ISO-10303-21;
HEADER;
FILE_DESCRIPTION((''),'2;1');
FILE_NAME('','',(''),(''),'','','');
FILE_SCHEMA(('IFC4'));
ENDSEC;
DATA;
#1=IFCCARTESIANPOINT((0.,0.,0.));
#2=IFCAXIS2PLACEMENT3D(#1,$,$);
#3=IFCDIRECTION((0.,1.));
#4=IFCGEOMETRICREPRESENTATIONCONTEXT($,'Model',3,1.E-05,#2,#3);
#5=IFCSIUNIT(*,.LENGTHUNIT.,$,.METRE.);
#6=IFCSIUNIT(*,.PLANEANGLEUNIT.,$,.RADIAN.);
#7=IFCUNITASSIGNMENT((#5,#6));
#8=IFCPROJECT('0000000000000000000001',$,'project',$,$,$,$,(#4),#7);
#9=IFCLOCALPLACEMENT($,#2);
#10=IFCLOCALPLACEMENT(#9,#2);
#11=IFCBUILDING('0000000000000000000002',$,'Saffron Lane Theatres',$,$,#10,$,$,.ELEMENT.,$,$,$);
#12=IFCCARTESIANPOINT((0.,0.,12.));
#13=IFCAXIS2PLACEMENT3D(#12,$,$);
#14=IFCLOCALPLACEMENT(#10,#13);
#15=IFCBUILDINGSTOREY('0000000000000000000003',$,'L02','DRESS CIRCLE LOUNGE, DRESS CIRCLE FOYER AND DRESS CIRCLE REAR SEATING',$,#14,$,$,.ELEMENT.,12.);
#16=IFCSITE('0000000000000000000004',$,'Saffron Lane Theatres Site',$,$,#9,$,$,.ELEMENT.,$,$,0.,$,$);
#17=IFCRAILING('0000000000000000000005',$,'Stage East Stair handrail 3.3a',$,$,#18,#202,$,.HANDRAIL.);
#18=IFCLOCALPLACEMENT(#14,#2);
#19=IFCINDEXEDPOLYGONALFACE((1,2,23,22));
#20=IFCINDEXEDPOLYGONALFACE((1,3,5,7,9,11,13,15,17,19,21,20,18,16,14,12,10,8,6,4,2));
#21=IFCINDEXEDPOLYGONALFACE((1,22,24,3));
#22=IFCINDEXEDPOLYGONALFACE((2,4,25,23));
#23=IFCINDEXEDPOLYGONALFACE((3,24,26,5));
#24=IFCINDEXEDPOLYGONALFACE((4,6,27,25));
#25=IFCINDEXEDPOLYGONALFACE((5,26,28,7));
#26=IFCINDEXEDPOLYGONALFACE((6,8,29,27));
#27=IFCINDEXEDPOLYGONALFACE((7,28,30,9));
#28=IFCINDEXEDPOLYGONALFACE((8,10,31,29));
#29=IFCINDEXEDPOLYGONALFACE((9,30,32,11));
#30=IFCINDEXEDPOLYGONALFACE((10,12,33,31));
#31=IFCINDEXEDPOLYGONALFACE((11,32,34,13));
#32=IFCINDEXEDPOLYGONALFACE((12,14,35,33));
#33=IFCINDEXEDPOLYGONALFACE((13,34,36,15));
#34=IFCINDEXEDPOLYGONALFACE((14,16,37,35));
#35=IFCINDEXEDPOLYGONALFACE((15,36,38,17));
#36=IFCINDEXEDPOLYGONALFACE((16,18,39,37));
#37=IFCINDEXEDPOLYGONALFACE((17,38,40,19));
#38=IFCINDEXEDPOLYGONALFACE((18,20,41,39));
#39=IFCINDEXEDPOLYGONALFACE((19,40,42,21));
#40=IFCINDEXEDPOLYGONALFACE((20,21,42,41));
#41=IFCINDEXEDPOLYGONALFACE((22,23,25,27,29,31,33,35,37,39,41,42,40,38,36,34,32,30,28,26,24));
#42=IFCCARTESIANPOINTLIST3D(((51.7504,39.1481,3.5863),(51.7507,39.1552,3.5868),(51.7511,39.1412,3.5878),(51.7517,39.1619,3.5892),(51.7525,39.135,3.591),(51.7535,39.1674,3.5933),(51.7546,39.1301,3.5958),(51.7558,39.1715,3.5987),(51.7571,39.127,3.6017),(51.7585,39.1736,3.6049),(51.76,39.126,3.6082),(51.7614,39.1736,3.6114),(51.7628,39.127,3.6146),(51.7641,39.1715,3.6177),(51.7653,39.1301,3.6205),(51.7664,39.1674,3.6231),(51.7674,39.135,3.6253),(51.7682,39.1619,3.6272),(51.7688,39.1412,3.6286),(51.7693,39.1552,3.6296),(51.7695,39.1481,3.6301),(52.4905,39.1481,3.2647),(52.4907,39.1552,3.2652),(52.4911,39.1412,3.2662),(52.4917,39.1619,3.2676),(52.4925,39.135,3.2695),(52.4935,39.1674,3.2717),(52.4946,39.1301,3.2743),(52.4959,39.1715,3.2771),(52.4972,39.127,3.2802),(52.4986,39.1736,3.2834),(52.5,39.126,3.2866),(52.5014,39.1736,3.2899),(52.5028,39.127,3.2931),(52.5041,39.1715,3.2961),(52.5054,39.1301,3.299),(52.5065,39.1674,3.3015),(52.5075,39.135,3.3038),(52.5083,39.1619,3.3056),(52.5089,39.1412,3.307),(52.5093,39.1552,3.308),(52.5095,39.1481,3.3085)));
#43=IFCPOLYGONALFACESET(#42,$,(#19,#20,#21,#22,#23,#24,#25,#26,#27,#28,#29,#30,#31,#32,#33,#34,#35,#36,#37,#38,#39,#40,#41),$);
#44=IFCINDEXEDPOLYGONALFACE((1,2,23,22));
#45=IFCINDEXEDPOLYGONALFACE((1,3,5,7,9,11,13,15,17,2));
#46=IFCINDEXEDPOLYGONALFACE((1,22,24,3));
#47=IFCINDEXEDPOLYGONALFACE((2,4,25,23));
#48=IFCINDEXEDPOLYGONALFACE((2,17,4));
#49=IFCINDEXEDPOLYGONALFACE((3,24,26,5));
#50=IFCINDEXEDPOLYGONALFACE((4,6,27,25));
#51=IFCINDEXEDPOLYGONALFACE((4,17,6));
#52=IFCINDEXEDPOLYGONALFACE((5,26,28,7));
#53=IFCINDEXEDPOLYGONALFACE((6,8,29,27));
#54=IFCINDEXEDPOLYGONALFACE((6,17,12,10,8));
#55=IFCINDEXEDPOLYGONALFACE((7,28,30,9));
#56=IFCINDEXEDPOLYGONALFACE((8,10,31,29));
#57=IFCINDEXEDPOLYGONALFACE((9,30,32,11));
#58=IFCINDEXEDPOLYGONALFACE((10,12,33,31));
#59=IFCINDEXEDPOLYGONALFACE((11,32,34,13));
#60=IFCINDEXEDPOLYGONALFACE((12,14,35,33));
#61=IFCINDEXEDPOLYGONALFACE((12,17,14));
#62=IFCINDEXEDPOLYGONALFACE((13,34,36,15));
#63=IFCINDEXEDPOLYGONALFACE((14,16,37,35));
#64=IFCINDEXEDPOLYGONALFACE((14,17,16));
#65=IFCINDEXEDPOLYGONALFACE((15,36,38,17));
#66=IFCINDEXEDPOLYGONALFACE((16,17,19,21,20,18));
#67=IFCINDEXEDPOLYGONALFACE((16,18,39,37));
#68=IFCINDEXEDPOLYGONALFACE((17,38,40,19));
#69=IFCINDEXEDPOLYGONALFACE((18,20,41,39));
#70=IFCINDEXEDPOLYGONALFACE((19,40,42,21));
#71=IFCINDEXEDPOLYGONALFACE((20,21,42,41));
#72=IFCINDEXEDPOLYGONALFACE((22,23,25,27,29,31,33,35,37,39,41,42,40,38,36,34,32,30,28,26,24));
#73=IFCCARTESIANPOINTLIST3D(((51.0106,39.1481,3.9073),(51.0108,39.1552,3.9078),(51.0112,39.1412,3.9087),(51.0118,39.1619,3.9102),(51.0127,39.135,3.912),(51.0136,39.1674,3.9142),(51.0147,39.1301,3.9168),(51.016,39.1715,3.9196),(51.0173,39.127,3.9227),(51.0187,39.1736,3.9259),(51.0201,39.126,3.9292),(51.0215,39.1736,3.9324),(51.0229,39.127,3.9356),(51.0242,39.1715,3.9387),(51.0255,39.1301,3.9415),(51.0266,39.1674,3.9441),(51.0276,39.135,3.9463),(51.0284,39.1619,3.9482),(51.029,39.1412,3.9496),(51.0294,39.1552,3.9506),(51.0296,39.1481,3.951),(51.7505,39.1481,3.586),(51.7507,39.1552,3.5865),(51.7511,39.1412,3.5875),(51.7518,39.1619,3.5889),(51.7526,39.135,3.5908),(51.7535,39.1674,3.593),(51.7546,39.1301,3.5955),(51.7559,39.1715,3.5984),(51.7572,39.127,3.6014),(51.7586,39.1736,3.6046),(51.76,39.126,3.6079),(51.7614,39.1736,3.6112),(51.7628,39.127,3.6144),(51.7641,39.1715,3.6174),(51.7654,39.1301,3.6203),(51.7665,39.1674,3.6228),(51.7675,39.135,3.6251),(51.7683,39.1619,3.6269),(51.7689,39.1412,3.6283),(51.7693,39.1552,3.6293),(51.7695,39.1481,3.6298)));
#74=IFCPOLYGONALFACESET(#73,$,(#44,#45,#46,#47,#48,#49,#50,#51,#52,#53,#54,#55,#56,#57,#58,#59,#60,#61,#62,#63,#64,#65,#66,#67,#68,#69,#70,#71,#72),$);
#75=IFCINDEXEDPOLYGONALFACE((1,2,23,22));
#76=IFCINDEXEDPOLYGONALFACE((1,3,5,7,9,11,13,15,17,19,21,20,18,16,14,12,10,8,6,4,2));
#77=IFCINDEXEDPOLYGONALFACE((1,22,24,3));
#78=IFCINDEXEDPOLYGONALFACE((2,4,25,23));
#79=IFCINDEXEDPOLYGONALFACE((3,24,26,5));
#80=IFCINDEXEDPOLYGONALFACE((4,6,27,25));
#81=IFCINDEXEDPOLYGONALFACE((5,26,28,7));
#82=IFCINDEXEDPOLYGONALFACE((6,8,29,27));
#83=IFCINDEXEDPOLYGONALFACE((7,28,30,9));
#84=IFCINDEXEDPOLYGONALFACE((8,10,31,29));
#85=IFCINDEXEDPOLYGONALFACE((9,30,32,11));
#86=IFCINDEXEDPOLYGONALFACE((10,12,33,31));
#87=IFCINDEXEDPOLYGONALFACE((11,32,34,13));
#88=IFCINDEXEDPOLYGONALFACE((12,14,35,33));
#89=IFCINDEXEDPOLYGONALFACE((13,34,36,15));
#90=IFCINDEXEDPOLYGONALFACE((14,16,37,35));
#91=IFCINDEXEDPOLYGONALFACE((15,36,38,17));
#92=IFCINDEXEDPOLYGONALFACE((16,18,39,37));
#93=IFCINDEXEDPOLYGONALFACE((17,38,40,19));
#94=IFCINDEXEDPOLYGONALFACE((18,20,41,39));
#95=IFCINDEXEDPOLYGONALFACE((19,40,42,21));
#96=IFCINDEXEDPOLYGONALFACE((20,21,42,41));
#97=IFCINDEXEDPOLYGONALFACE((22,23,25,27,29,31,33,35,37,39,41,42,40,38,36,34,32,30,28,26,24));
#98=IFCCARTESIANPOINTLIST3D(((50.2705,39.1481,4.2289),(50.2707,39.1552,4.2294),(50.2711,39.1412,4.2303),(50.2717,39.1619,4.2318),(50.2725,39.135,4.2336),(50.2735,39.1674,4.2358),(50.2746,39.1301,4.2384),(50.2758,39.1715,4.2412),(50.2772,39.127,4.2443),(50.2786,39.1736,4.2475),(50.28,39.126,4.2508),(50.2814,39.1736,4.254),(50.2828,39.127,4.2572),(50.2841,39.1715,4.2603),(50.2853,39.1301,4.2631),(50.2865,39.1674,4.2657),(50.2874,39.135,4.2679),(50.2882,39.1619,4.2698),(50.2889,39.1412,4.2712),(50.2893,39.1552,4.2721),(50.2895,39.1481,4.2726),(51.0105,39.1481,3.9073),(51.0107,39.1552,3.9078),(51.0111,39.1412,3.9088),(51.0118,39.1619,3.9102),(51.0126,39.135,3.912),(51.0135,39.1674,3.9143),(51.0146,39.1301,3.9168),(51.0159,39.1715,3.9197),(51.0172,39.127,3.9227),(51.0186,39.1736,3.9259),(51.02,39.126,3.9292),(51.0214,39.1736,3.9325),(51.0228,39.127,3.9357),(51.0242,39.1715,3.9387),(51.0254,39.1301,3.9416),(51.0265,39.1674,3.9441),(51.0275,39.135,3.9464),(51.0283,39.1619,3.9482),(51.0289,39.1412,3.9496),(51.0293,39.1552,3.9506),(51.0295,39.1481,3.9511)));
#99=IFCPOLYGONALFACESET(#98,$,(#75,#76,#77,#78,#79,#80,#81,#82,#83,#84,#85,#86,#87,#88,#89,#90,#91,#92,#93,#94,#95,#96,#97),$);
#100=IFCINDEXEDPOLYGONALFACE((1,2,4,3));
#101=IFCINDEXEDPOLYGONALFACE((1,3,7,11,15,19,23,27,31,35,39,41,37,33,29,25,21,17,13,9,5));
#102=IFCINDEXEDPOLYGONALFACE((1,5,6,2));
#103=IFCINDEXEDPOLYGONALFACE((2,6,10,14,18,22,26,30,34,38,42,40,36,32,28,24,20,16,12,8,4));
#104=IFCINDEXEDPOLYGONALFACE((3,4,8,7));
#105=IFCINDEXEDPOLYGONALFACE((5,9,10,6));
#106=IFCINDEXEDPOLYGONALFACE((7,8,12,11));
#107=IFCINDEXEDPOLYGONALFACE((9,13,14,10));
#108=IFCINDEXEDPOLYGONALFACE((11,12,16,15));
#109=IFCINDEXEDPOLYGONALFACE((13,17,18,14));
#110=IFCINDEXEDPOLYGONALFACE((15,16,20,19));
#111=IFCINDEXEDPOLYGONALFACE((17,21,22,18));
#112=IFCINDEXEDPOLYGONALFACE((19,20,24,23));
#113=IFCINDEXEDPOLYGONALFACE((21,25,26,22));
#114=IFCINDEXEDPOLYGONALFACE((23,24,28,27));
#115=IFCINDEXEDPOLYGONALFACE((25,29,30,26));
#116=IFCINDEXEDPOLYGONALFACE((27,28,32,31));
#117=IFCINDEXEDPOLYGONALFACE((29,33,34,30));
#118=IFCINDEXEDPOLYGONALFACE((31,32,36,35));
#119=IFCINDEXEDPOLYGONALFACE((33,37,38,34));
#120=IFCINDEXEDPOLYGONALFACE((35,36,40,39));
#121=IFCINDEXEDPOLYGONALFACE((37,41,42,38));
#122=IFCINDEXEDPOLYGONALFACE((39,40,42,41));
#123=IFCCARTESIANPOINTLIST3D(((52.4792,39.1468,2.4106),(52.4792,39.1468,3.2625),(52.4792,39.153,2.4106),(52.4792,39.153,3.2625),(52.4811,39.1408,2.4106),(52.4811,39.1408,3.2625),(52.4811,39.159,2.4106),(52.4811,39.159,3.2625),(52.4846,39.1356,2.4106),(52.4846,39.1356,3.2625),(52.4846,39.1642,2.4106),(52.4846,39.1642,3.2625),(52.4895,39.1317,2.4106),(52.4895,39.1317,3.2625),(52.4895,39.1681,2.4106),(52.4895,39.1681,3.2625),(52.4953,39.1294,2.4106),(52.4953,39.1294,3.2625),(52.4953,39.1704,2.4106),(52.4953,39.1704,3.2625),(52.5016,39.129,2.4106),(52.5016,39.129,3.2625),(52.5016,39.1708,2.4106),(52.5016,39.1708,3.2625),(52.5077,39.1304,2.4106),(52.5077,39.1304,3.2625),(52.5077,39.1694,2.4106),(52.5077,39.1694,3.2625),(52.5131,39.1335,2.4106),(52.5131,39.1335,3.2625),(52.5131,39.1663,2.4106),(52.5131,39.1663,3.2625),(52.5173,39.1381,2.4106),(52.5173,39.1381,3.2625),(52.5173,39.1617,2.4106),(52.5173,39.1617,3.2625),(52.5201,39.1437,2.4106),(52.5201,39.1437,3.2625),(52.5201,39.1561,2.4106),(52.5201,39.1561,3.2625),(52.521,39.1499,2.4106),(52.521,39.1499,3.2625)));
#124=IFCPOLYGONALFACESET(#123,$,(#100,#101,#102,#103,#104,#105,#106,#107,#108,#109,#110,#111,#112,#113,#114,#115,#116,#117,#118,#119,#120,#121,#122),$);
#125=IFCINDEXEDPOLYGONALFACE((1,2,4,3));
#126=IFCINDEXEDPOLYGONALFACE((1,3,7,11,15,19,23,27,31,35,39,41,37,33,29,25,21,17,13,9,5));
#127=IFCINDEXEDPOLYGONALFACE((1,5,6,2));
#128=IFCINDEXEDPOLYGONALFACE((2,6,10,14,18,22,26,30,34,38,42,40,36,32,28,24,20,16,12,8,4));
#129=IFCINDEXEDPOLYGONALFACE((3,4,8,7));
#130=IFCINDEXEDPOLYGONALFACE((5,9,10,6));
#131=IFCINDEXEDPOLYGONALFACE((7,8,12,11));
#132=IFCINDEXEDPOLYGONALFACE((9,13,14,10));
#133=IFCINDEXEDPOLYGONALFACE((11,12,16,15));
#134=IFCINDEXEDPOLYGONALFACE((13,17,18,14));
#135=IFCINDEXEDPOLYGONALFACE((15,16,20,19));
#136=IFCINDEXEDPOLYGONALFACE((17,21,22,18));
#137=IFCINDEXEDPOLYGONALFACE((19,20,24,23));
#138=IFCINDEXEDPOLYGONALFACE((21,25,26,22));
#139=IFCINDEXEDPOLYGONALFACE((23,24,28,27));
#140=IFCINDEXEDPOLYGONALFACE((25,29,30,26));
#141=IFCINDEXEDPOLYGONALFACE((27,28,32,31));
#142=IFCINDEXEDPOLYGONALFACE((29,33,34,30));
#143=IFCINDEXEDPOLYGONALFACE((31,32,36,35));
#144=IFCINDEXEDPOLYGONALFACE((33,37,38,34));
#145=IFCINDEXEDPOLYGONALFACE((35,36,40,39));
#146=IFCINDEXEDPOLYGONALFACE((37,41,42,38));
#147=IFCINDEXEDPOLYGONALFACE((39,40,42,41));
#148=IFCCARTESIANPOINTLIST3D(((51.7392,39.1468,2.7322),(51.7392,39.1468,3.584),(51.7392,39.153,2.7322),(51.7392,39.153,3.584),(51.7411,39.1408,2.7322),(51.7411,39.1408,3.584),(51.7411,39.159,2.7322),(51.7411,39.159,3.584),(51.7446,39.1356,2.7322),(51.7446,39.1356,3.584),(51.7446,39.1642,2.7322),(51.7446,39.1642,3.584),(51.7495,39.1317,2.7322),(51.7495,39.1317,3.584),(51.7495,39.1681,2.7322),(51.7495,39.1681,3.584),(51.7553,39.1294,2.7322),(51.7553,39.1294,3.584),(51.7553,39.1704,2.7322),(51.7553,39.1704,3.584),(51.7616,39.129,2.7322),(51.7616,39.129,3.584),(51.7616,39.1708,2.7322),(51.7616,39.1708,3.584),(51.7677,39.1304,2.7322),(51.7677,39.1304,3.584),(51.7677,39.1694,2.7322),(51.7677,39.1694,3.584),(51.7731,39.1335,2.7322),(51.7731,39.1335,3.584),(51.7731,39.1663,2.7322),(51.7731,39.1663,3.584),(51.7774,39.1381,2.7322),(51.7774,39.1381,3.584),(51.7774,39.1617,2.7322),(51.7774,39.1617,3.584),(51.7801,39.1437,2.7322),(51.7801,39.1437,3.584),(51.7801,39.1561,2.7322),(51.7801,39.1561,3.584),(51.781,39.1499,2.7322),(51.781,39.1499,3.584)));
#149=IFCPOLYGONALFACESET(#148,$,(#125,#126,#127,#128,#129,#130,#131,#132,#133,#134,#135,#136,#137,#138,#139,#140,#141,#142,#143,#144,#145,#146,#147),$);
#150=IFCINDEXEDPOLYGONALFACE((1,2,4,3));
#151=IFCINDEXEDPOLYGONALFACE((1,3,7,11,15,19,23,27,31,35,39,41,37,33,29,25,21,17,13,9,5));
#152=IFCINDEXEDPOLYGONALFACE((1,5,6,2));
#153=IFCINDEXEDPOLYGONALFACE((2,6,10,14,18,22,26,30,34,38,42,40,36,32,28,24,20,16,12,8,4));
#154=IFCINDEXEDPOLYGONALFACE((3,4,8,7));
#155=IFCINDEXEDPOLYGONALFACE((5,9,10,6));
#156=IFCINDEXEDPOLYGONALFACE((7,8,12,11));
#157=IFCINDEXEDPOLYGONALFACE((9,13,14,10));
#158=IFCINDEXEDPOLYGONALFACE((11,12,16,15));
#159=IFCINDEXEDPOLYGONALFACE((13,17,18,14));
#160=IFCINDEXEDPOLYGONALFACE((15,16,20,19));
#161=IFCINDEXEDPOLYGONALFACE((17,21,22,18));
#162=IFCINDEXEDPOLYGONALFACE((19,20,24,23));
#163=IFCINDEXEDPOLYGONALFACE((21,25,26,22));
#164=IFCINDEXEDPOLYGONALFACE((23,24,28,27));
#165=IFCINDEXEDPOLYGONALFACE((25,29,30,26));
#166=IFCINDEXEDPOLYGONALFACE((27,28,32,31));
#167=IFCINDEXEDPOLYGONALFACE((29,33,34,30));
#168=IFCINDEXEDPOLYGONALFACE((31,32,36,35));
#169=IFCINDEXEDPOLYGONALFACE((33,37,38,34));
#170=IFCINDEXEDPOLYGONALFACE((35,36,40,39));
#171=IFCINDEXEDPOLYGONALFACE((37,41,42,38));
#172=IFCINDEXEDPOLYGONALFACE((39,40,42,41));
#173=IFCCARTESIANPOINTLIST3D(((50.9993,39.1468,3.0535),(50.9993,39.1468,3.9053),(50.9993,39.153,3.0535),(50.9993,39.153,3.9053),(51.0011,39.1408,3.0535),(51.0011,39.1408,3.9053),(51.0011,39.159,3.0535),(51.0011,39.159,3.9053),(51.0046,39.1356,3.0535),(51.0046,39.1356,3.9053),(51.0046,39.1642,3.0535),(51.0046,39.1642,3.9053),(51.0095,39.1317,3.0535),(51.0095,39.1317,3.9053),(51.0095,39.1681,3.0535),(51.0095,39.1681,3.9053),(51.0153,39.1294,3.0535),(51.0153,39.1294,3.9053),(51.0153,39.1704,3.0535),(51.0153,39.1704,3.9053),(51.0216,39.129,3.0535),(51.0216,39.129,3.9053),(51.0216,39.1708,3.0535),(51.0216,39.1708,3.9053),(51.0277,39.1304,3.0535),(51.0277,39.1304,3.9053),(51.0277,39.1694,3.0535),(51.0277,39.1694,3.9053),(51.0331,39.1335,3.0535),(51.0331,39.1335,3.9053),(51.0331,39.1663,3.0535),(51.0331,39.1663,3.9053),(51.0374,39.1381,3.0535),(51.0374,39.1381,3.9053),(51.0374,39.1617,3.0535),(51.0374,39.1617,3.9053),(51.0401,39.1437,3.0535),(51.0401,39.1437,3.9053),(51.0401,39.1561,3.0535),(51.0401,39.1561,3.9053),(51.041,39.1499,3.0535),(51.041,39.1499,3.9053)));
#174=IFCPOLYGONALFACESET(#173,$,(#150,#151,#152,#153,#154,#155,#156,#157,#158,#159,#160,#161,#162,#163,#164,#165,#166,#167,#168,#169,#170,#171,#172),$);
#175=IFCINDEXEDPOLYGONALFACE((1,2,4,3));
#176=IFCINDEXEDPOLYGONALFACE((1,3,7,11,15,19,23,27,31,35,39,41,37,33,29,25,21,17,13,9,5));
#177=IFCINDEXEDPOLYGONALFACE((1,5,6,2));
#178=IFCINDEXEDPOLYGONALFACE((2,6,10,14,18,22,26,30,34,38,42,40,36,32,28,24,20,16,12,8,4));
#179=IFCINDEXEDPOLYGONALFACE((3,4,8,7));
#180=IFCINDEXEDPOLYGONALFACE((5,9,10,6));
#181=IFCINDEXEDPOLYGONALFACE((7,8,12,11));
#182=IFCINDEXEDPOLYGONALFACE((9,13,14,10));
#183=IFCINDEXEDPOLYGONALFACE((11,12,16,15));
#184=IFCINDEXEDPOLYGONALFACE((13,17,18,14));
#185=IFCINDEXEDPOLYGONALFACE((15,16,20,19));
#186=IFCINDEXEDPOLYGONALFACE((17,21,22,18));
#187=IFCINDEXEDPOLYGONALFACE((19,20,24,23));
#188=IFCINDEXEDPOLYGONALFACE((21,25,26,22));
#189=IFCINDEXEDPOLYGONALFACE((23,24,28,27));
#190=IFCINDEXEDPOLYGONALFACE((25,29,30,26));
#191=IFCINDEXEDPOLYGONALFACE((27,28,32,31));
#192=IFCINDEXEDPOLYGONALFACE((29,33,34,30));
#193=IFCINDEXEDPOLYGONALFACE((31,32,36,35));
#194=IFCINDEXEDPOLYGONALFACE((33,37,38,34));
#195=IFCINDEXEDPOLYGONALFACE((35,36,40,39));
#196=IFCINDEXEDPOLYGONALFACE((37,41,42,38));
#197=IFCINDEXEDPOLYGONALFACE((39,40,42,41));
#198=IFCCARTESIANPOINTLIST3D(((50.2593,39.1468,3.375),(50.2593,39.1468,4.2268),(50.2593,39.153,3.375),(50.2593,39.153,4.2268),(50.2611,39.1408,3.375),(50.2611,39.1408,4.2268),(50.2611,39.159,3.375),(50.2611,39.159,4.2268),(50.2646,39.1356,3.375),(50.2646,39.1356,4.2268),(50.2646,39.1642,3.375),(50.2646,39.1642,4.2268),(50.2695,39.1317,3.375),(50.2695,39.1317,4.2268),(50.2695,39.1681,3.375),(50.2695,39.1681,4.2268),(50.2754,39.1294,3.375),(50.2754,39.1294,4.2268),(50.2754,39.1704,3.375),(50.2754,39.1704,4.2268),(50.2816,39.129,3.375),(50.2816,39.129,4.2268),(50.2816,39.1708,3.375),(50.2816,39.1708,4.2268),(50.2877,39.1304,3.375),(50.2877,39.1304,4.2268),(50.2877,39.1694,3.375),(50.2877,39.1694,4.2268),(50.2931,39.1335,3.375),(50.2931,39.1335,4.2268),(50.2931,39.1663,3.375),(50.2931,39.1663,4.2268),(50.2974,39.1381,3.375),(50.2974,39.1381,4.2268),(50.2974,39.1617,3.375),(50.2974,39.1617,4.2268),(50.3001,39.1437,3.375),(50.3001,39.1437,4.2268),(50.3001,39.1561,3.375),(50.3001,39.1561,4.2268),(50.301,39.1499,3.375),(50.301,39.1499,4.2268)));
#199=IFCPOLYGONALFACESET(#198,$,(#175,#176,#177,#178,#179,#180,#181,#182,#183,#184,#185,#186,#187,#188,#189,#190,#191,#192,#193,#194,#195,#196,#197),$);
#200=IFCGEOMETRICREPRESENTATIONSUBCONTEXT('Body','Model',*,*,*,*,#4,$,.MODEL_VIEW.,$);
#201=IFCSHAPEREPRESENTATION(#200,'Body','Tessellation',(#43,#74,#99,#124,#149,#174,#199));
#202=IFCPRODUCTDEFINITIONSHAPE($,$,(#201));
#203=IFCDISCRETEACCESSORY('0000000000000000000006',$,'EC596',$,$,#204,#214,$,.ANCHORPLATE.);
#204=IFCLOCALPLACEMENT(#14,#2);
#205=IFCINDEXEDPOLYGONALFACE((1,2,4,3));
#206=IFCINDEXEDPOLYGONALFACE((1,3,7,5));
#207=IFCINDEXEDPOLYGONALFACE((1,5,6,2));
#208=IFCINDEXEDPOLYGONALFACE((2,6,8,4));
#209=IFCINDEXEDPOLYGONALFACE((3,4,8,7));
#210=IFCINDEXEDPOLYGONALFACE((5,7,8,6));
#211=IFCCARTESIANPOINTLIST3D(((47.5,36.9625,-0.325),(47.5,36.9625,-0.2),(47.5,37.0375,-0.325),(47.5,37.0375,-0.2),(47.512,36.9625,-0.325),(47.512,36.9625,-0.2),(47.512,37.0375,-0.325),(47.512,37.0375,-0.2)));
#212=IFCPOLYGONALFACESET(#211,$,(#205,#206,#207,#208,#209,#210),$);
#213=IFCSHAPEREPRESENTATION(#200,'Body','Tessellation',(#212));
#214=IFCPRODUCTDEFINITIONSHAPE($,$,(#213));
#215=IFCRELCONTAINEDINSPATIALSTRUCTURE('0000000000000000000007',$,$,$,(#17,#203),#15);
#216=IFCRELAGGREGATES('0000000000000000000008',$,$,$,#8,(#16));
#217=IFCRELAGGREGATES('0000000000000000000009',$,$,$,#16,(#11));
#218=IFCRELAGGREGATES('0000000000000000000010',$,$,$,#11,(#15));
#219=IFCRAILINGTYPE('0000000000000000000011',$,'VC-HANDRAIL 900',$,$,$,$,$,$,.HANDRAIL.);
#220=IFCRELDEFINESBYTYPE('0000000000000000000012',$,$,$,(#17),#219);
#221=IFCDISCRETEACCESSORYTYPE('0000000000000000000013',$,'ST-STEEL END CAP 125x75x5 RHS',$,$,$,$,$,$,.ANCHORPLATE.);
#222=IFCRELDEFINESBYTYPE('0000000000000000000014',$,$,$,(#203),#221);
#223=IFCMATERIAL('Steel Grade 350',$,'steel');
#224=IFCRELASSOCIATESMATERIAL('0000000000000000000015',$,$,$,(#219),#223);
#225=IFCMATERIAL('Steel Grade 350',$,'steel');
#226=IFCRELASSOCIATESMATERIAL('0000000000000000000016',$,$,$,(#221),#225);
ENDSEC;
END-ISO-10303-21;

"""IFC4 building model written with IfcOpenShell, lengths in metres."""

from ifc_helpers import new_model, si_unit, direction, frame, origin, origin_2d, place, context, subcontext, project, spatial, rectangle, circle, extrude, material, material_profile, profile_set, type_object, element, save


model = new_model("IFC4")

# Units and contexts
model_context = context("Model", 3, precision=1e-05, world=origin(), true_north=direction((0.0, 1.0)))
body_context = subcontext(model_context, "Body", "Model", "MODEL_VIEW")
ifc_project = project(units=[si_unit("LENGTHUNIT", "METRE"), si_unit("PLANEANGLEUNIT", "RADIAN")], contexts=[model_context])

# Site, building, storey
site_placement = place(None, origin())
site = spatial("IfcSite", under=ifc_project, at=site_placement, Name="Saffron Lane Theatres Site", CompositionType="ELEMENT", RefElevation=0.0)
building_placement = place(site_placement, origin())
building = spatial("IfcBuilding", under=site, at=building_placement, Name="Saffron Lane Theatres", CompositionType="ELEMENT")
storey_placement = place(building_placement, frame((0.0, 0.0, 12.0)))
storey = spatial("IfcBuildingStorey", under=building, at=storey_placement, Name="L02", Description="DRESS CIRCLE LOUNGE, DRESS CIRCLE FOYER AND DRESS CIRCLE REAR SEATING", CompositionType="ELEMENT", Elevation=12.0)

# Railing
ifc_material_1 = material(Name="Steel Grade 350", Category="steel")
railing_type_1 = type_object("IfcRailingType", Name="VC-HANDRAIL 900", PredefinedType="HANDRAIL", material=ifc_material_1)
railing_1_placement = place(storey_placement, frame((52.5, 39.1499, 2.4106)))
element("IfcRailing", 1, at=railing_1_placement, inside=storey, type_object=railing_type_1, Name="Stage East Stair handrail 3.3a", PredefinedType="HANDRAIL", context=body_context, shape_type="SweptSolid", body=[
    extrude(circle(Radius=0.0239, at=origin_2d()), frame((0.0, 0.0, 0.876), z_axis=(-0.917161, 0.0, 0.398516), x_axis=(0.0, -1.0, 0.0)), (0.0, 0.0, 1.0), 0.8069),
    extrude(circle(Radius=0.0239, at=origin_2d()), frame((-0.74, 0.0, 1.1973), z_axis=(-0.917272, 0.0, 0.398261), x_axis=(0.0, -1.0, 0.0)), (0.0, 0.0, 1.0), 0.8066),
    extrude(circle(Radius=0.0239, at=origin_2d()), frame((-1.48, 0.0, 1.5186), z_axis=(-0.917161, 0.0, 0.398516), x_axis=(0.0, -1.0, 0.0)), (0.0, 0.0, 1.0), 0.8069),
    extrude(circle(Radius=0.021, at=origin_2d()), origin(), (0.0, 0.0, 1.0), 0.8518),
    extrude(circle(Radius=0.021, at=origin_2d()), frame((-0.74, 0.0, 0.3215)), (0.0, 0.0, 1.0), 0.8518),
    extrude(circle(Radius=0.021, at=origin_2d()), frame((-1.48, 0.0, 0.6428)), (0.0, 0.0, 1.0), 0.8518),
    extrude(circle(Radius=0.021, at=origin_2d()), frame((-2.22, 0.0, 0.9644)), (0.0, 0.0, 1.0), 0.8518),
])

# Discrete accessory
ifc_material_2 = material(Name="Steel Grade 350", Category="steel")
ifc_material_profile_1 = material_profile(ifc_material_2, rectangle(XDim=0.075, YDim=0.125, at=origin_2d()))
ifc_profile_set_1 = profile_set([ifc_material_profile_1], Name="Steel Grade 350")
discrete_accessory_type = type_object("IfcDiscreteAccessoryType", Name="ST-STEEL END CAP 125x75x5 RHS", PredefinedType="ANCHORPLATE", material=ifc_profile_set_1)
discrete_accessory_placement = place(storey_placement, frame((47.5, 37.0, -0.2625), z_axis=(1.0, 0.0, 0.0), x_axis=(0.0, 1.0, 0.0)))
element("IfcDiscreteAccessory", 2, at=discrete_accessory_placement, inside=storey, type_object=discrete_accessory_type, Name="EC596", PredefinedType="ANCHORPLATE", context=body_context, shape_type="SweptSolid", body=[
    extrude(rectangle(XDim=0.075, YDim=0.125, at=origin_2d()), origin(), (0.0, 0.0, 1.0), 0.012),
])

save(model, "model.ifc")
